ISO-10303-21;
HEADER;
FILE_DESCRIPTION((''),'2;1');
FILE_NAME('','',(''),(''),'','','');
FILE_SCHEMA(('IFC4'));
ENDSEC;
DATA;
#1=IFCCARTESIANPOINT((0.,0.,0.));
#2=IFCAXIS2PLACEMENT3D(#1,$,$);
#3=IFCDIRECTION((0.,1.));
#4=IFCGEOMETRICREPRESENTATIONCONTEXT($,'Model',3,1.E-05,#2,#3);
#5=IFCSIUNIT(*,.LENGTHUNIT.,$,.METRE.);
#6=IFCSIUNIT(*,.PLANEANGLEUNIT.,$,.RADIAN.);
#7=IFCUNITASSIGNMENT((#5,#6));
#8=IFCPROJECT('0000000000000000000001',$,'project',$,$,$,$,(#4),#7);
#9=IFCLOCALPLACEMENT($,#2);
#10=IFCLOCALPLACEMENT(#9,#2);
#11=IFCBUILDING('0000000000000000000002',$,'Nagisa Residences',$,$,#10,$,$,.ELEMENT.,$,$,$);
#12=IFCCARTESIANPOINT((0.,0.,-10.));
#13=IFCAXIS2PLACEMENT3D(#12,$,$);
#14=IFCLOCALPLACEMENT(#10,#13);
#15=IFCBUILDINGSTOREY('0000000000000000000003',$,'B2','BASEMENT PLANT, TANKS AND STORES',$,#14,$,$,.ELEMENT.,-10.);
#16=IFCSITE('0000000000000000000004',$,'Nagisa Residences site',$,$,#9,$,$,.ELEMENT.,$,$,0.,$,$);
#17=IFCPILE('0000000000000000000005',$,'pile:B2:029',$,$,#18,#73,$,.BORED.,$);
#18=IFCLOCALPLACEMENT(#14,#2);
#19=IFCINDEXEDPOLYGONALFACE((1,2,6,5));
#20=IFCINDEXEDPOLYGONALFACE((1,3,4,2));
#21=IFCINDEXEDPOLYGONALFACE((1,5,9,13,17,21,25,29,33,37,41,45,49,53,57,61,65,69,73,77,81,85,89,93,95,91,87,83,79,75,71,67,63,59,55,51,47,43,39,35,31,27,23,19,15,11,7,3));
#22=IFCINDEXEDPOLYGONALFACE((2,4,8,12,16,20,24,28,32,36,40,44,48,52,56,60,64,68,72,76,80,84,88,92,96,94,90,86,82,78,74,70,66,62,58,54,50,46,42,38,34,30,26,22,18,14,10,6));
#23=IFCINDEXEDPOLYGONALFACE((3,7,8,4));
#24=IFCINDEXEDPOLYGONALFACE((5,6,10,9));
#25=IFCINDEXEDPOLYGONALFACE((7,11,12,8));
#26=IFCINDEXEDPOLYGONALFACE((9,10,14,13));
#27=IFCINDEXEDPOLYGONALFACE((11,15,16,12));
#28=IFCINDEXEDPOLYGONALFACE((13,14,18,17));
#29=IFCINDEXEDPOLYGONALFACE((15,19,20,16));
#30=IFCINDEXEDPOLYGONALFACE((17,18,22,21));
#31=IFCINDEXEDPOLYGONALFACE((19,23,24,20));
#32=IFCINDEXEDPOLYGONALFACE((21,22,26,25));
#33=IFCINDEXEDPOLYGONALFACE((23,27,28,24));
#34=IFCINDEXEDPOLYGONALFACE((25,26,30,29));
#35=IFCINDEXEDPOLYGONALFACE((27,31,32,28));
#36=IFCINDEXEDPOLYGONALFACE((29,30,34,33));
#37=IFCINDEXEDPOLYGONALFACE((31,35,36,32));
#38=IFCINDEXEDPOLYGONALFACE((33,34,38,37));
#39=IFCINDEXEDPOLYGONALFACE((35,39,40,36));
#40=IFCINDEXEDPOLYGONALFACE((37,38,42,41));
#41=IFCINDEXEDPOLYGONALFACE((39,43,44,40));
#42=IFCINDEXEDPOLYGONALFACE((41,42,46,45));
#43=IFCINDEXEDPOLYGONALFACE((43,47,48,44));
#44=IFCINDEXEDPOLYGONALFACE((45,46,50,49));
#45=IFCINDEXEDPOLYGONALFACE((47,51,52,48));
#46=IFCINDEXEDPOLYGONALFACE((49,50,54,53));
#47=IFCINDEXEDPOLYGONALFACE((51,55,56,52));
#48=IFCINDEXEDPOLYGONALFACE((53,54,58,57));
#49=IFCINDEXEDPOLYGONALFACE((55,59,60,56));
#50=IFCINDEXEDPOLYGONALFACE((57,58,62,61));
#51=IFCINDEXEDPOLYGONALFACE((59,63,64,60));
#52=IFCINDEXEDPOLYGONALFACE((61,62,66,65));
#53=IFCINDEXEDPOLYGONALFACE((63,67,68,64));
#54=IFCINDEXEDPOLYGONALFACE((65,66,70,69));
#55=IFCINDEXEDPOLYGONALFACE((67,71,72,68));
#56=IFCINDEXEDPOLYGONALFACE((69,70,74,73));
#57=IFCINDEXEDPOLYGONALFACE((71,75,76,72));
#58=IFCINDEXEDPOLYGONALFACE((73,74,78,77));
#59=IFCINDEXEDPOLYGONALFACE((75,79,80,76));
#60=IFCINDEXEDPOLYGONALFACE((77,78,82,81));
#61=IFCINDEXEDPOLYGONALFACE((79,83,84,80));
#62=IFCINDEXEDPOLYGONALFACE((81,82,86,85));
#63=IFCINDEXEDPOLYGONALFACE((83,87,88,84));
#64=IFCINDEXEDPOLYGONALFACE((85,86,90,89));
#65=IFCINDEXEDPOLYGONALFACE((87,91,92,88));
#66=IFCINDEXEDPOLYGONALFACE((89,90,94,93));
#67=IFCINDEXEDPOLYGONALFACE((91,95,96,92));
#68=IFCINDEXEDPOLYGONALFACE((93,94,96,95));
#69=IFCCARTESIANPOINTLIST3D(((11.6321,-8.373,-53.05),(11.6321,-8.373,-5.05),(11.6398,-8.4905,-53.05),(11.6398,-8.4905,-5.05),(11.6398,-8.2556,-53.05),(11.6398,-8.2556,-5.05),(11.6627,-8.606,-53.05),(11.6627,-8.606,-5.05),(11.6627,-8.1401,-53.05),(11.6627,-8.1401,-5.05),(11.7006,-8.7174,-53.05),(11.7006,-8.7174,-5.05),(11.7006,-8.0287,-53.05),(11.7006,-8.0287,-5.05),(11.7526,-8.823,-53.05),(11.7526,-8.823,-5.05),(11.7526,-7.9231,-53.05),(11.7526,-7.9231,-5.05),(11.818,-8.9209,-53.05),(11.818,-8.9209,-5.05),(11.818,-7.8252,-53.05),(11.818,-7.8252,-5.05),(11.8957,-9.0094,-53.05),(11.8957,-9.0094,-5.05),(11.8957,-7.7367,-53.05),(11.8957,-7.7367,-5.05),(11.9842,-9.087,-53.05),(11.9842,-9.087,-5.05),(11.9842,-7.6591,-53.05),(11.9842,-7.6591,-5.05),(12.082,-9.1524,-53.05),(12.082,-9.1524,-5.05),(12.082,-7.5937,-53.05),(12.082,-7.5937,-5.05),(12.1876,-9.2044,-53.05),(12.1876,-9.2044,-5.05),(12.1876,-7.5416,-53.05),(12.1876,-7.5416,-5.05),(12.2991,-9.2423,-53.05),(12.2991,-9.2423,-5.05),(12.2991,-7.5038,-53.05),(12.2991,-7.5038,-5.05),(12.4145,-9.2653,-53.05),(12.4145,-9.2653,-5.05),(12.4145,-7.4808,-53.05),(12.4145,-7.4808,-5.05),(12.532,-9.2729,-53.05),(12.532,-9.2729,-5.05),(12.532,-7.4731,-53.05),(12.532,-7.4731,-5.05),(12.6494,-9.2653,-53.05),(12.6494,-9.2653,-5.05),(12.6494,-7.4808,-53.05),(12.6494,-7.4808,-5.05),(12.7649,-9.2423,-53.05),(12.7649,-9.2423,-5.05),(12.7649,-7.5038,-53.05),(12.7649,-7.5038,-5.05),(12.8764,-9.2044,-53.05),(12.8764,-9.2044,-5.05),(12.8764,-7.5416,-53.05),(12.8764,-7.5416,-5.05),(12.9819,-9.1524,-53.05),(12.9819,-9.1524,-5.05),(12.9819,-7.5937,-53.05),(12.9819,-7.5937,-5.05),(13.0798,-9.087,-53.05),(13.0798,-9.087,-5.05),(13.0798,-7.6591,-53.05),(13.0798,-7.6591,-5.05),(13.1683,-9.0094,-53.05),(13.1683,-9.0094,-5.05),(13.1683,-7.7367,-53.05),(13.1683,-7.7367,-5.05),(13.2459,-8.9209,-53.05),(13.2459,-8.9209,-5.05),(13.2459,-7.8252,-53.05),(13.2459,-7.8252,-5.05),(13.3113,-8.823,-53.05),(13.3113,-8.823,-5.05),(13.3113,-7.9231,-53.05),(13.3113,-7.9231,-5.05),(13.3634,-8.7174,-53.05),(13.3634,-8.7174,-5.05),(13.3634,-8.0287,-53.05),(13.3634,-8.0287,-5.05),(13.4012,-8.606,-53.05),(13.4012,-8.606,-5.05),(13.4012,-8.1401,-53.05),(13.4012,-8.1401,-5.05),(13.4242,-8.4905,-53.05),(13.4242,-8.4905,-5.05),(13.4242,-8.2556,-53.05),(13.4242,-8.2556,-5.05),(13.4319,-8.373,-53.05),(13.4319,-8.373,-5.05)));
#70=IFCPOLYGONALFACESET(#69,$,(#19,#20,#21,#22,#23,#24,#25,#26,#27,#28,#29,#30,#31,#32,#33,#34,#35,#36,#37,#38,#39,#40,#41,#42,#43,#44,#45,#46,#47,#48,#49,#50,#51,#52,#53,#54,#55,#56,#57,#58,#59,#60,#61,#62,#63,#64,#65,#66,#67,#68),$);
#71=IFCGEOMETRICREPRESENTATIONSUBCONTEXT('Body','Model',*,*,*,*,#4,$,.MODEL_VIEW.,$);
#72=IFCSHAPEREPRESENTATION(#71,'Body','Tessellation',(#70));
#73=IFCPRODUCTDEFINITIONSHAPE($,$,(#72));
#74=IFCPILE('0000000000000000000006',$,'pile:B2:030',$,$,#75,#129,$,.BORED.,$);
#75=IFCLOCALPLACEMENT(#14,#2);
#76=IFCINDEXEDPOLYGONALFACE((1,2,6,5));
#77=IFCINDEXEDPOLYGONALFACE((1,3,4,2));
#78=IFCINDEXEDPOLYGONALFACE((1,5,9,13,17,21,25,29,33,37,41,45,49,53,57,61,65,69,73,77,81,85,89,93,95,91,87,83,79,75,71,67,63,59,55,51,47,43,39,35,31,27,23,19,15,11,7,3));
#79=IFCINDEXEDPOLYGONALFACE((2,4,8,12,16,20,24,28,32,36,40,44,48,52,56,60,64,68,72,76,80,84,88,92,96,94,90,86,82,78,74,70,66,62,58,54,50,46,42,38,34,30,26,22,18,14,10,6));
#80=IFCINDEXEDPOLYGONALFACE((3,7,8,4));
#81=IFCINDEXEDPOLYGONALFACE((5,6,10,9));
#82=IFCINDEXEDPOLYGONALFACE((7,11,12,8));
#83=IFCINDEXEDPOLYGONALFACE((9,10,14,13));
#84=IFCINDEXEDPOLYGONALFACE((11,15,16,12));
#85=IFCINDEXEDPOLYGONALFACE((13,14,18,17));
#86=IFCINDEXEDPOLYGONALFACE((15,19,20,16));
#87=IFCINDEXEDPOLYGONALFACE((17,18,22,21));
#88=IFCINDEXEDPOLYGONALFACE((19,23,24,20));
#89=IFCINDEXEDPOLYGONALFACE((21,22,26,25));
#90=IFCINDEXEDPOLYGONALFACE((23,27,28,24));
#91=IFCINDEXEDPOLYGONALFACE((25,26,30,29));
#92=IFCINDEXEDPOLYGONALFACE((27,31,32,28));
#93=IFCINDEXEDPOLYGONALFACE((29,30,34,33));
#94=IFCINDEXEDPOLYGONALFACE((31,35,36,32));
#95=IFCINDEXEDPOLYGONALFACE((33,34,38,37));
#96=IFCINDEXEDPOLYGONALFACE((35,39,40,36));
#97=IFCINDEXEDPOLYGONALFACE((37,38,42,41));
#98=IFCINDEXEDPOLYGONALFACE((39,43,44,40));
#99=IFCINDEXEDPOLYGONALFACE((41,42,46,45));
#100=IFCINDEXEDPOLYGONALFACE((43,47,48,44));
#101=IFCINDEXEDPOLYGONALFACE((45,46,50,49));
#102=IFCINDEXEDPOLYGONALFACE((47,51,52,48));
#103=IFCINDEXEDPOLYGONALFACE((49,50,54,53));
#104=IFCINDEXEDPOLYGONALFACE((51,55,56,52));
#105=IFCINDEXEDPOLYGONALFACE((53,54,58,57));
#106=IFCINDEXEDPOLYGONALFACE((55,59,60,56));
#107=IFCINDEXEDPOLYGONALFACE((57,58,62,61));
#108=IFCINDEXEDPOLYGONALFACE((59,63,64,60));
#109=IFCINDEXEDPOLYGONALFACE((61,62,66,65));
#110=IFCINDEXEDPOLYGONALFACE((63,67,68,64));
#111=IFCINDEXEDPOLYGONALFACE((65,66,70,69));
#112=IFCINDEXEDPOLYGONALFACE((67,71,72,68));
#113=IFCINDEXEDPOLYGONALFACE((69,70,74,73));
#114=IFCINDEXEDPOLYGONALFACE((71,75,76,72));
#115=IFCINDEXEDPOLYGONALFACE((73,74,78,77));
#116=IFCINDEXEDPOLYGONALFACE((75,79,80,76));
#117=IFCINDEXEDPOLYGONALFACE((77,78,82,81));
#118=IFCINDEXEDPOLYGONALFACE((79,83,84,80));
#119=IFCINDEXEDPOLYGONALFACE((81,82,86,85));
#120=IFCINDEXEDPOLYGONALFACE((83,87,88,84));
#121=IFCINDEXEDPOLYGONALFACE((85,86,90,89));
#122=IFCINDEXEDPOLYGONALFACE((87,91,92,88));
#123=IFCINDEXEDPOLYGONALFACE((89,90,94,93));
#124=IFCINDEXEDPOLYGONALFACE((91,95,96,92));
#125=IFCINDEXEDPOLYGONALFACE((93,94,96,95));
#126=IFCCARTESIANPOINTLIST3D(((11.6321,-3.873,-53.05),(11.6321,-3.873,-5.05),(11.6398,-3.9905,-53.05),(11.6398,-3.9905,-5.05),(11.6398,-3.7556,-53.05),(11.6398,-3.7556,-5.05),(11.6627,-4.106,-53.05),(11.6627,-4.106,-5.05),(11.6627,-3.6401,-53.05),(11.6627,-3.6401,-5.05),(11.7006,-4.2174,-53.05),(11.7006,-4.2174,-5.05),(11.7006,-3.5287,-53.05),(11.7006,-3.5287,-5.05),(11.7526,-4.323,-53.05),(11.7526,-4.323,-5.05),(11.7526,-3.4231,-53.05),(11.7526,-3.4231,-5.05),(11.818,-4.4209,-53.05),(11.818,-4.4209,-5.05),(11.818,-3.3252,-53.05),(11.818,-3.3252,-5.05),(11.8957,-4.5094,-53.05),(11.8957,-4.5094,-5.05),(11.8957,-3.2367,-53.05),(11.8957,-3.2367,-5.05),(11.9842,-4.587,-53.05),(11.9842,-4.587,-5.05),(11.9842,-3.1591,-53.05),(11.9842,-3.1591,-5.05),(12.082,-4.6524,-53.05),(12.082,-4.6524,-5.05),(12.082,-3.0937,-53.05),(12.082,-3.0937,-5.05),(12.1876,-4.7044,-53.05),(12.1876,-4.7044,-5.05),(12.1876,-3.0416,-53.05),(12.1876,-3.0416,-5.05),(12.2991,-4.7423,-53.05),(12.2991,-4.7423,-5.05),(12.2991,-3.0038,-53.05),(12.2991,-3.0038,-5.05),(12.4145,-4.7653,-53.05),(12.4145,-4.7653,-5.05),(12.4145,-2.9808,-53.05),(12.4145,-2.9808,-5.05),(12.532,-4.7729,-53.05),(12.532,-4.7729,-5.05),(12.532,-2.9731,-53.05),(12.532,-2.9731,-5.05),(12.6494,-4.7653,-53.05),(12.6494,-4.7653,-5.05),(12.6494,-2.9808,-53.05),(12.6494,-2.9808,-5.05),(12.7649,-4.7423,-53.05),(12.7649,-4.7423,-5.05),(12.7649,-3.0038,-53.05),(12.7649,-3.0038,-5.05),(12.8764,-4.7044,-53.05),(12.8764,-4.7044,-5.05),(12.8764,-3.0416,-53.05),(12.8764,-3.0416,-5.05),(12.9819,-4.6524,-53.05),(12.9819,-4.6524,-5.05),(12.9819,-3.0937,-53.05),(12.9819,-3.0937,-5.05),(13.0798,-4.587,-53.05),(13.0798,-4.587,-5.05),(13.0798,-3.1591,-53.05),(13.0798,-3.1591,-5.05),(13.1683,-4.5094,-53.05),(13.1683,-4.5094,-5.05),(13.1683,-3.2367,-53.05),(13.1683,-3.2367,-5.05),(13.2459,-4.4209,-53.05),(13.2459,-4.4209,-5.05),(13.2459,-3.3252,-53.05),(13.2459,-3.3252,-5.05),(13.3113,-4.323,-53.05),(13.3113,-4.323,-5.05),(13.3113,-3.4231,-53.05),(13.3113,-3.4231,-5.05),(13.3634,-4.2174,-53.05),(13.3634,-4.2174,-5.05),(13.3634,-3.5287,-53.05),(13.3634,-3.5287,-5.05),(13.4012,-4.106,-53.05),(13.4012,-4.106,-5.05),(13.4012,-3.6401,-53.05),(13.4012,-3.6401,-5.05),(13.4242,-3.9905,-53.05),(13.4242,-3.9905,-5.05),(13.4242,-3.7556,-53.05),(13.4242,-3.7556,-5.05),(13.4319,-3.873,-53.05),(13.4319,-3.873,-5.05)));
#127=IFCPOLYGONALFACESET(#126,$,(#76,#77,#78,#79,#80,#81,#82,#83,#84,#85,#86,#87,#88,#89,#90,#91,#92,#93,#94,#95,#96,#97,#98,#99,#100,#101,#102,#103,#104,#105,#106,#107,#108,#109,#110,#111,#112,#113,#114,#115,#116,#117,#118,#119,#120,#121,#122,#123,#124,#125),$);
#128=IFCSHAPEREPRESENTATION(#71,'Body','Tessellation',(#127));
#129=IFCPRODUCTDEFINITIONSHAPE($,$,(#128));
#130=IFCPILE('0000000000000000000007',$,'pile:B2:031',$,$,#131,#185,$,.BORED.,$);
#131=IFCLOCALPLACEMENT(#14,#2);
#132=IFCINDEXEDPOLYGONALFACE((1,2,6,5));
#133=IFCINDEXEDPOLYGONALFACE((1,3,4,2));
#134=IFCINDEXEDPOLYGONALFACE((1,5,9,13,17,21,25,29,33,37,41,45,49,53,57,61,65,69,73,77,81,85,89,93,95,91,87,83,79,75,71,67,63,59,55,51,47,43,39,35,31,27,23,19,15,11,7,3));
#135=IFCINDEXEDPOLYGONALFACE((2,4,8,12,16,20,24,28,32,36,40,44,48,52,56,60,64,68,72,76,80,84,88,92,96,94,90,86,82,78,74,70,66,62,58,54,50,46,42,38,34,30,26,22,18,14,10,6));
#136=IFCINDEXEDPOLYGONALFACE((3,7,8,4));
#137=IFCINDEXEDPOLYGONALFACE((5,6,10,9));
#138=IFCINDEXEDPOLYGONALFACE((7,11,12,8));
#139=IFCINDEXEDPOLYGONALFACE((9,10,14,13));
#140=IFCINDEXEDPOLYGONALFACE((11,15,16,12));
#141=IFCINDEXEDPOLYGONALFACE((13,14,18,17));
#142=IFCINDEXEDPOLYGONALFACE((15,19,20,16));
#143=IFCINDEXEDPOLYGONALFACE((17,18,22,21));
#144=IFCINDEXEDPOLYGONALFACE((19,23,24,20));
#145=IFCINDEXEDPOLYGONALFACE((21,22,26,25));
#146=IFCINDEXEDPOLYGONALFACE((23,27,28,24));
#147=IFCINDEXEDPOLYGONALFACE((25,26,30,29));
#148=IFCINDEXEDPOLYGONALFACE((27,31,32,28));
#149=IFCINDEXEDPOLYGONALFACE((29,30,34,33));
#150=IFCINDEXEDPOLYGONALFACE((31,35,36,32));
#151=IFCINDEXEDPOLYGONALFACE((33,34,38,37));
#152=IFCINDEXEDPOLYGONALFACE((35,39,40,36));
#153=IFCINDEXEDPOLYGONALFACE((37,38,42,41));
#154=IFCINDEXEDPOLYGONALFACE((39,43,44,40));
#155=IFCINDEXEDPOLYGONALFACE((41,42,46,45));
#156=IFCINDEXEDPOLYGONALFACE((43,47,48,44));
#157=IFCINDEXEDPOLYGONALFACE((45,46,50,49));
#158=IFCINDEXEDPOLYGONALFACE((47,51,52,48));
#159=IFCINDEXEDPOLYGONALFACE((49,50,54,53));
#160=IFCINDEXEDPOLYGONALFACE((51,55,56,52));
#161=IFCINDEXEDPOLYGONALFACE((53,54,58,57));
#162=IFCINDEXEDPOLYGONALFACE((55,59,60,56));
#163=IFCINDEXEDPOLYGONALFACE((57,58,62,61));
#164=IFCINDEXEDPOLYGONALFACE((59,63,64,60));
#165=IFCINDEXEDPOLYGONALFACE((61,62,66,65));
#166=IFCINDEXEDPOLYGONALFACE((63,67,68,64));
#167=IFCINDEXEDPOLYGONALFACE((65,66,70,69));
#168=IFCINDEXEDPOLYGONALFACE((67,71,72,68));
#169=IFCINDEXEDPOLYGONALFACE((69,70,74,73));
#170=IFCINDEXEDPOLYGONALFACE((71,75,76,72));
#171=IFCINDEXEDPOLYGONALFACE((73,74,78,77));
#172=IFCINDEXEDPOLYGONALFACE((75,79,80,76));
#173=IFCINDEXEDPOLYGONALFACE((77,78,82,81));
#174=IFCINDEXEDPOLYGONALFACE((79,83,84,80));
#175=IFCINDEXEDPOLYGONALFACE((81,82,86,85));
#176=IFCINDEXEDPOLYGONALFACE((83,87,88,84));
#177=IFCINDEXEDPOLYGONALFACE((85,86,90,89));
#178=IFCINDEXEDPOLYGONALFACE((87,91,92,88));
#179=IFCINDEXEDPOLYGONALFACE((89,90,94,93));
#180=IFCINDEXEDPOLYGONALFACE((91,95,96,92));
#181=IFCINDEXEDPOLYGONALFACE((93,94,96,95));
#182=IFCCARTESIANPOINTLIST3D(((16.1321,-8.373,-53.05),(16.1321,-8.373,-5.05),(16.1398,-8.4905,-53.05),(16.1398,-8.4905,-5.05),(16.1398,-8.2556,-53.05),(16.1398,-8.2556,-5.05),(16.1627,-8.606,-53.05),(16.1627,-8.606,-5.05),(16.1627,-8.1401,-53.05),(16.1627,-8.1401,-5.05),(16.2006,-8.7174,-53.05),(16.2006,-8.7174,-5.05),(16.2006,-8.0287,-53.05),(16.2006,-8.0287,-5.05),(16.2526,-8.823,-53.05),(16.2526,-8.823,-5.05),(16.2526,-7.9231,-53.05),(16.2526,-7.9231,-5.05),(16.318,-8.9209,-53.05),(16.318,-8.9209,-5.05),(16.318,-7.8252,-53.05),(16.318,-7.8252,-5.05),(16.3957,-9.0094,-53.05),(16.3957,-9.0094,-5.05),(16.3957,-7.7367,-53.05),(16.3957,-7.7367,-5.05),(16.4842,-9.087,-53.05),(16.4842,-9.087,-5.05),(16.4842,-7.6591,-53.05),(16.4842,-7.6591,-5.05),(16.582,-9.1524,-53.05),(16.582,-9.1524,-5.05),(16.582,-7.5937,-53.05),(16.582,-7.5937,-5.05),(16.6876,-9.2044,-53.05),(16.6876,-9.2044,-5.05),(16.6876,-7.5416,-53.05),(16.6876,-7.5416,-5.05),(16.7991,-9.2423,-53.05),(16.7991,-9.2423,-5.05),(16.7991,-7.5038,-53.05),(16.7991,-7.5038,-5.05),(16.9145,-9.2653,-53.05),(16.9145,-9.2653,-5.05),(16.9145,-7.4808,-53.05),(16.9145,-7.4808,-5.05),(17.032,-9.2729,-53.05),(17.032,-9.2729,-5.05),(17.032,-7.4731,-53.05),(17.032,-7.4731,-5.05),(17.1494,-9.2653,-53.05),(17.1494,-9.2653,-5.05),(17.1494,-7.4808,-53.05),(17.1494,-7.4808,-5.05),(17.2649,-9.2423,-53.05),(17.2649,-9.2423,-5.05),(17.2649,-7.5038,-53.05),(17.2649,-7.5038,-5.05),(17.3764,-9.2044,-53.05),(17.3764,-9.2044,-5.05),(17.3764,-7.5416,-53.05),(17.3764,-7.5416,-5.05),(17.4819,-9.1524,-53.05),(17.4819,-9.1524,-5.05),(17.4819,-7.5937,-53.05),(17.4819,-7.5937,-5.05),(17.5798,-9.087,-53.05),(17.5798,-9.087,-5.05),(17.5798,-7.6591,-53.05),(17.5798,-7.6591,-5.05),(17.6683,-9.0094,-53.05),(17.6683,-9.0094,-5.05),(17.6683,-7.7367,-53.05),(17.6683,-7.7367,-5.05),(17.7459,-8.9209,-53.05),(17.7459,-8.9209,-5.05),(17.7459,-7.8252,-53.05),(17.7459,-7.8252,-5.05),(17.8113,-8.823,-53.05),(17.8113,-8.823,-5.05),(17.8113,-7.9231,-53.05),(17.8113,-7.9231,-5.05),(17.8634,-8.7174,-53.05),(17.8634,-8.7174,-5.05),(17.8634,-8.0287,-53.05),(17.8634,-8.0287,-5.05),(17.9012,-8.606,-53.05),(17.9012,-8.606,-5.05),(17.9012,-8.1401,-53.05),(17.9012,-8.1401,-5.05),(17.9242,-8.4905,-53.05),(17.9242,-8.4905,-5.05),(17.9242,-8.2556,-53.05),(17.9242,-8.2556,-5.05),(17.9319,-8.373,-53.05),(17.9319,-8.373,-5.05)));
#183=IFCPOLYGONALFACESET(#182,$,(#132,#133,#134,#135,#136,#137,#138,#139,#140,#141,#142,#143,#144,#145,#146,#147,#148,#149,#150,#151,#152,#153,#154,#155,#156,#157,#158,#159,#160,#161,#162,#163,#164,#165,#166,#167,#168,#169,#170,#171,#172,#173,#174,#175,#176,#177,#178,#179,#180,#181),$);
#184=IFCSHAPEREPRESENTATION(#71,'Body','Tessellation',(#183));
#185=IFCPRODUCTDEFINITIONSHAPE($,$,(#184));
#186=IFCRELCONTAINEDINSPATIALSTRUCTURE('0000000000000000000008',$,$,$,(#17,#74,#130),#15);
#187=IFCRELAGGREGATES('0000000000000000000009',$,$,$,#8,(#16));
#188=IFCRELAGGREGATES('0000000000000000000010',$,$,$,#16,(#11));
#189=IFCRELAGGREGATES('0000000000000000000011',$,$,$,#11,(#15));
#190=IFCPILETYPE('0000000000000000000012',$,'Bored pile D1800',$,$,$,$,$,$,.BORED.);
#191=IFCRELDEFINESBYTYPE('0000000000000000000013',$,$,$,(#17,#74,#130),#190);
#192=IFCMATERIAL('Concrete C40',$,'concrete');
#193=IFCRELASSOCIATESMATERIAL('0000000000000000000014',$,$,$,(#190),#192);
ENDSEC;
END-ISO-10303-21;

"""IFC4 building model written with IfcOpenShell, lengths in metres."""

from ifc_helpers import new_model, si_unit, direction, frame, origin, origin_2d, place, context, subcontext, project, spatial, circle, extrude, material, material_profile, profile_set, type_object, element, save


model = new_model("IFC4")

# Units and contexts
model_context = context("Model", 3, precision=1e-05, world=origin(), true_north=direction((0.0, 1.0)))
body_context = subcontext(model_context, "Body", "Model", "MODEL_VIEW")
ifc_project = project(units=[si_unit("LENGTHUNIT", "METRE"), si_unit("PLANEANGLEUNIT", "RADIAN")], contexts=[model_context])

# Site, building, storey
site_placement = place(None, origin())
site = spatial("IfcSite", under=ifc_project, at=site_placement, Name="Nagisa Residences site", CompositionType="ELEMENT", RefElevation=0.0)
building_placement = place(site_placement, origin())
building = spatial("IfcBuilding", under=site, at=building_placement, Name="Nagisa Residences", CompositionType="ELEMENT")
storey_placement = place(building_placement, frame((0.0, 0.0, -10.0)))
storey = spatial("IfcBuildingStorey", under=building, at=storey_placement, Name="B2", Description="BASEMENT PLANT, TANKS AND STORES", CompositionType="ELEMENT", Elevation=-10.0)

# Piles
ifc_material_1 = material(Name="Concrete C40", Category="concrete")
ifc_material_profile_1 = material_profile(ifc_material_1, circle(Radius=0.8999, at=origin_2d()), Name="Bored pile D1800")
ifc_profile_set_1 = profile_set([ifc_material_profile_1], Name="Concrete C40")
pile_type = type_object("IfcPileType", Name="Bored pile D1800", PredefinedType="BORED", material=ifc_profile_set_1)
for number, where, z_axis, x_axis, name in (
    (1, (12.532, -8.373, -5.05), (0.0, 0.0, -1.0), (1.0, 0.0, 0.0), "pile:B2:029"),
    (2, (12.532, -3.873, -5.05), (0.0, 0.0, -1.0), (1.0, 0.0, 0.0), "pile:B2:030"),
    (3, (17.032, -8.373, -5.05), (0.0, 0.0, -1.0), (1.0, 0.0, 0.0), "pile:B2:031"),
):
    element("IfcPile", number, at=place(storey_placement, frame(where, z_axis=z_axis, x_axis=x_axis)), inside=storey, type_object=pile_type, Name=name, PredefinedType="BORED", context=body_context, shape_type="SweptSolid", body=[
        extrude(circle(Radius=0.8999, at=origin_2d()), origin(), (0.0, 0.0, 1.0), 48.0),
    ])

save(model, "model.ifc")
